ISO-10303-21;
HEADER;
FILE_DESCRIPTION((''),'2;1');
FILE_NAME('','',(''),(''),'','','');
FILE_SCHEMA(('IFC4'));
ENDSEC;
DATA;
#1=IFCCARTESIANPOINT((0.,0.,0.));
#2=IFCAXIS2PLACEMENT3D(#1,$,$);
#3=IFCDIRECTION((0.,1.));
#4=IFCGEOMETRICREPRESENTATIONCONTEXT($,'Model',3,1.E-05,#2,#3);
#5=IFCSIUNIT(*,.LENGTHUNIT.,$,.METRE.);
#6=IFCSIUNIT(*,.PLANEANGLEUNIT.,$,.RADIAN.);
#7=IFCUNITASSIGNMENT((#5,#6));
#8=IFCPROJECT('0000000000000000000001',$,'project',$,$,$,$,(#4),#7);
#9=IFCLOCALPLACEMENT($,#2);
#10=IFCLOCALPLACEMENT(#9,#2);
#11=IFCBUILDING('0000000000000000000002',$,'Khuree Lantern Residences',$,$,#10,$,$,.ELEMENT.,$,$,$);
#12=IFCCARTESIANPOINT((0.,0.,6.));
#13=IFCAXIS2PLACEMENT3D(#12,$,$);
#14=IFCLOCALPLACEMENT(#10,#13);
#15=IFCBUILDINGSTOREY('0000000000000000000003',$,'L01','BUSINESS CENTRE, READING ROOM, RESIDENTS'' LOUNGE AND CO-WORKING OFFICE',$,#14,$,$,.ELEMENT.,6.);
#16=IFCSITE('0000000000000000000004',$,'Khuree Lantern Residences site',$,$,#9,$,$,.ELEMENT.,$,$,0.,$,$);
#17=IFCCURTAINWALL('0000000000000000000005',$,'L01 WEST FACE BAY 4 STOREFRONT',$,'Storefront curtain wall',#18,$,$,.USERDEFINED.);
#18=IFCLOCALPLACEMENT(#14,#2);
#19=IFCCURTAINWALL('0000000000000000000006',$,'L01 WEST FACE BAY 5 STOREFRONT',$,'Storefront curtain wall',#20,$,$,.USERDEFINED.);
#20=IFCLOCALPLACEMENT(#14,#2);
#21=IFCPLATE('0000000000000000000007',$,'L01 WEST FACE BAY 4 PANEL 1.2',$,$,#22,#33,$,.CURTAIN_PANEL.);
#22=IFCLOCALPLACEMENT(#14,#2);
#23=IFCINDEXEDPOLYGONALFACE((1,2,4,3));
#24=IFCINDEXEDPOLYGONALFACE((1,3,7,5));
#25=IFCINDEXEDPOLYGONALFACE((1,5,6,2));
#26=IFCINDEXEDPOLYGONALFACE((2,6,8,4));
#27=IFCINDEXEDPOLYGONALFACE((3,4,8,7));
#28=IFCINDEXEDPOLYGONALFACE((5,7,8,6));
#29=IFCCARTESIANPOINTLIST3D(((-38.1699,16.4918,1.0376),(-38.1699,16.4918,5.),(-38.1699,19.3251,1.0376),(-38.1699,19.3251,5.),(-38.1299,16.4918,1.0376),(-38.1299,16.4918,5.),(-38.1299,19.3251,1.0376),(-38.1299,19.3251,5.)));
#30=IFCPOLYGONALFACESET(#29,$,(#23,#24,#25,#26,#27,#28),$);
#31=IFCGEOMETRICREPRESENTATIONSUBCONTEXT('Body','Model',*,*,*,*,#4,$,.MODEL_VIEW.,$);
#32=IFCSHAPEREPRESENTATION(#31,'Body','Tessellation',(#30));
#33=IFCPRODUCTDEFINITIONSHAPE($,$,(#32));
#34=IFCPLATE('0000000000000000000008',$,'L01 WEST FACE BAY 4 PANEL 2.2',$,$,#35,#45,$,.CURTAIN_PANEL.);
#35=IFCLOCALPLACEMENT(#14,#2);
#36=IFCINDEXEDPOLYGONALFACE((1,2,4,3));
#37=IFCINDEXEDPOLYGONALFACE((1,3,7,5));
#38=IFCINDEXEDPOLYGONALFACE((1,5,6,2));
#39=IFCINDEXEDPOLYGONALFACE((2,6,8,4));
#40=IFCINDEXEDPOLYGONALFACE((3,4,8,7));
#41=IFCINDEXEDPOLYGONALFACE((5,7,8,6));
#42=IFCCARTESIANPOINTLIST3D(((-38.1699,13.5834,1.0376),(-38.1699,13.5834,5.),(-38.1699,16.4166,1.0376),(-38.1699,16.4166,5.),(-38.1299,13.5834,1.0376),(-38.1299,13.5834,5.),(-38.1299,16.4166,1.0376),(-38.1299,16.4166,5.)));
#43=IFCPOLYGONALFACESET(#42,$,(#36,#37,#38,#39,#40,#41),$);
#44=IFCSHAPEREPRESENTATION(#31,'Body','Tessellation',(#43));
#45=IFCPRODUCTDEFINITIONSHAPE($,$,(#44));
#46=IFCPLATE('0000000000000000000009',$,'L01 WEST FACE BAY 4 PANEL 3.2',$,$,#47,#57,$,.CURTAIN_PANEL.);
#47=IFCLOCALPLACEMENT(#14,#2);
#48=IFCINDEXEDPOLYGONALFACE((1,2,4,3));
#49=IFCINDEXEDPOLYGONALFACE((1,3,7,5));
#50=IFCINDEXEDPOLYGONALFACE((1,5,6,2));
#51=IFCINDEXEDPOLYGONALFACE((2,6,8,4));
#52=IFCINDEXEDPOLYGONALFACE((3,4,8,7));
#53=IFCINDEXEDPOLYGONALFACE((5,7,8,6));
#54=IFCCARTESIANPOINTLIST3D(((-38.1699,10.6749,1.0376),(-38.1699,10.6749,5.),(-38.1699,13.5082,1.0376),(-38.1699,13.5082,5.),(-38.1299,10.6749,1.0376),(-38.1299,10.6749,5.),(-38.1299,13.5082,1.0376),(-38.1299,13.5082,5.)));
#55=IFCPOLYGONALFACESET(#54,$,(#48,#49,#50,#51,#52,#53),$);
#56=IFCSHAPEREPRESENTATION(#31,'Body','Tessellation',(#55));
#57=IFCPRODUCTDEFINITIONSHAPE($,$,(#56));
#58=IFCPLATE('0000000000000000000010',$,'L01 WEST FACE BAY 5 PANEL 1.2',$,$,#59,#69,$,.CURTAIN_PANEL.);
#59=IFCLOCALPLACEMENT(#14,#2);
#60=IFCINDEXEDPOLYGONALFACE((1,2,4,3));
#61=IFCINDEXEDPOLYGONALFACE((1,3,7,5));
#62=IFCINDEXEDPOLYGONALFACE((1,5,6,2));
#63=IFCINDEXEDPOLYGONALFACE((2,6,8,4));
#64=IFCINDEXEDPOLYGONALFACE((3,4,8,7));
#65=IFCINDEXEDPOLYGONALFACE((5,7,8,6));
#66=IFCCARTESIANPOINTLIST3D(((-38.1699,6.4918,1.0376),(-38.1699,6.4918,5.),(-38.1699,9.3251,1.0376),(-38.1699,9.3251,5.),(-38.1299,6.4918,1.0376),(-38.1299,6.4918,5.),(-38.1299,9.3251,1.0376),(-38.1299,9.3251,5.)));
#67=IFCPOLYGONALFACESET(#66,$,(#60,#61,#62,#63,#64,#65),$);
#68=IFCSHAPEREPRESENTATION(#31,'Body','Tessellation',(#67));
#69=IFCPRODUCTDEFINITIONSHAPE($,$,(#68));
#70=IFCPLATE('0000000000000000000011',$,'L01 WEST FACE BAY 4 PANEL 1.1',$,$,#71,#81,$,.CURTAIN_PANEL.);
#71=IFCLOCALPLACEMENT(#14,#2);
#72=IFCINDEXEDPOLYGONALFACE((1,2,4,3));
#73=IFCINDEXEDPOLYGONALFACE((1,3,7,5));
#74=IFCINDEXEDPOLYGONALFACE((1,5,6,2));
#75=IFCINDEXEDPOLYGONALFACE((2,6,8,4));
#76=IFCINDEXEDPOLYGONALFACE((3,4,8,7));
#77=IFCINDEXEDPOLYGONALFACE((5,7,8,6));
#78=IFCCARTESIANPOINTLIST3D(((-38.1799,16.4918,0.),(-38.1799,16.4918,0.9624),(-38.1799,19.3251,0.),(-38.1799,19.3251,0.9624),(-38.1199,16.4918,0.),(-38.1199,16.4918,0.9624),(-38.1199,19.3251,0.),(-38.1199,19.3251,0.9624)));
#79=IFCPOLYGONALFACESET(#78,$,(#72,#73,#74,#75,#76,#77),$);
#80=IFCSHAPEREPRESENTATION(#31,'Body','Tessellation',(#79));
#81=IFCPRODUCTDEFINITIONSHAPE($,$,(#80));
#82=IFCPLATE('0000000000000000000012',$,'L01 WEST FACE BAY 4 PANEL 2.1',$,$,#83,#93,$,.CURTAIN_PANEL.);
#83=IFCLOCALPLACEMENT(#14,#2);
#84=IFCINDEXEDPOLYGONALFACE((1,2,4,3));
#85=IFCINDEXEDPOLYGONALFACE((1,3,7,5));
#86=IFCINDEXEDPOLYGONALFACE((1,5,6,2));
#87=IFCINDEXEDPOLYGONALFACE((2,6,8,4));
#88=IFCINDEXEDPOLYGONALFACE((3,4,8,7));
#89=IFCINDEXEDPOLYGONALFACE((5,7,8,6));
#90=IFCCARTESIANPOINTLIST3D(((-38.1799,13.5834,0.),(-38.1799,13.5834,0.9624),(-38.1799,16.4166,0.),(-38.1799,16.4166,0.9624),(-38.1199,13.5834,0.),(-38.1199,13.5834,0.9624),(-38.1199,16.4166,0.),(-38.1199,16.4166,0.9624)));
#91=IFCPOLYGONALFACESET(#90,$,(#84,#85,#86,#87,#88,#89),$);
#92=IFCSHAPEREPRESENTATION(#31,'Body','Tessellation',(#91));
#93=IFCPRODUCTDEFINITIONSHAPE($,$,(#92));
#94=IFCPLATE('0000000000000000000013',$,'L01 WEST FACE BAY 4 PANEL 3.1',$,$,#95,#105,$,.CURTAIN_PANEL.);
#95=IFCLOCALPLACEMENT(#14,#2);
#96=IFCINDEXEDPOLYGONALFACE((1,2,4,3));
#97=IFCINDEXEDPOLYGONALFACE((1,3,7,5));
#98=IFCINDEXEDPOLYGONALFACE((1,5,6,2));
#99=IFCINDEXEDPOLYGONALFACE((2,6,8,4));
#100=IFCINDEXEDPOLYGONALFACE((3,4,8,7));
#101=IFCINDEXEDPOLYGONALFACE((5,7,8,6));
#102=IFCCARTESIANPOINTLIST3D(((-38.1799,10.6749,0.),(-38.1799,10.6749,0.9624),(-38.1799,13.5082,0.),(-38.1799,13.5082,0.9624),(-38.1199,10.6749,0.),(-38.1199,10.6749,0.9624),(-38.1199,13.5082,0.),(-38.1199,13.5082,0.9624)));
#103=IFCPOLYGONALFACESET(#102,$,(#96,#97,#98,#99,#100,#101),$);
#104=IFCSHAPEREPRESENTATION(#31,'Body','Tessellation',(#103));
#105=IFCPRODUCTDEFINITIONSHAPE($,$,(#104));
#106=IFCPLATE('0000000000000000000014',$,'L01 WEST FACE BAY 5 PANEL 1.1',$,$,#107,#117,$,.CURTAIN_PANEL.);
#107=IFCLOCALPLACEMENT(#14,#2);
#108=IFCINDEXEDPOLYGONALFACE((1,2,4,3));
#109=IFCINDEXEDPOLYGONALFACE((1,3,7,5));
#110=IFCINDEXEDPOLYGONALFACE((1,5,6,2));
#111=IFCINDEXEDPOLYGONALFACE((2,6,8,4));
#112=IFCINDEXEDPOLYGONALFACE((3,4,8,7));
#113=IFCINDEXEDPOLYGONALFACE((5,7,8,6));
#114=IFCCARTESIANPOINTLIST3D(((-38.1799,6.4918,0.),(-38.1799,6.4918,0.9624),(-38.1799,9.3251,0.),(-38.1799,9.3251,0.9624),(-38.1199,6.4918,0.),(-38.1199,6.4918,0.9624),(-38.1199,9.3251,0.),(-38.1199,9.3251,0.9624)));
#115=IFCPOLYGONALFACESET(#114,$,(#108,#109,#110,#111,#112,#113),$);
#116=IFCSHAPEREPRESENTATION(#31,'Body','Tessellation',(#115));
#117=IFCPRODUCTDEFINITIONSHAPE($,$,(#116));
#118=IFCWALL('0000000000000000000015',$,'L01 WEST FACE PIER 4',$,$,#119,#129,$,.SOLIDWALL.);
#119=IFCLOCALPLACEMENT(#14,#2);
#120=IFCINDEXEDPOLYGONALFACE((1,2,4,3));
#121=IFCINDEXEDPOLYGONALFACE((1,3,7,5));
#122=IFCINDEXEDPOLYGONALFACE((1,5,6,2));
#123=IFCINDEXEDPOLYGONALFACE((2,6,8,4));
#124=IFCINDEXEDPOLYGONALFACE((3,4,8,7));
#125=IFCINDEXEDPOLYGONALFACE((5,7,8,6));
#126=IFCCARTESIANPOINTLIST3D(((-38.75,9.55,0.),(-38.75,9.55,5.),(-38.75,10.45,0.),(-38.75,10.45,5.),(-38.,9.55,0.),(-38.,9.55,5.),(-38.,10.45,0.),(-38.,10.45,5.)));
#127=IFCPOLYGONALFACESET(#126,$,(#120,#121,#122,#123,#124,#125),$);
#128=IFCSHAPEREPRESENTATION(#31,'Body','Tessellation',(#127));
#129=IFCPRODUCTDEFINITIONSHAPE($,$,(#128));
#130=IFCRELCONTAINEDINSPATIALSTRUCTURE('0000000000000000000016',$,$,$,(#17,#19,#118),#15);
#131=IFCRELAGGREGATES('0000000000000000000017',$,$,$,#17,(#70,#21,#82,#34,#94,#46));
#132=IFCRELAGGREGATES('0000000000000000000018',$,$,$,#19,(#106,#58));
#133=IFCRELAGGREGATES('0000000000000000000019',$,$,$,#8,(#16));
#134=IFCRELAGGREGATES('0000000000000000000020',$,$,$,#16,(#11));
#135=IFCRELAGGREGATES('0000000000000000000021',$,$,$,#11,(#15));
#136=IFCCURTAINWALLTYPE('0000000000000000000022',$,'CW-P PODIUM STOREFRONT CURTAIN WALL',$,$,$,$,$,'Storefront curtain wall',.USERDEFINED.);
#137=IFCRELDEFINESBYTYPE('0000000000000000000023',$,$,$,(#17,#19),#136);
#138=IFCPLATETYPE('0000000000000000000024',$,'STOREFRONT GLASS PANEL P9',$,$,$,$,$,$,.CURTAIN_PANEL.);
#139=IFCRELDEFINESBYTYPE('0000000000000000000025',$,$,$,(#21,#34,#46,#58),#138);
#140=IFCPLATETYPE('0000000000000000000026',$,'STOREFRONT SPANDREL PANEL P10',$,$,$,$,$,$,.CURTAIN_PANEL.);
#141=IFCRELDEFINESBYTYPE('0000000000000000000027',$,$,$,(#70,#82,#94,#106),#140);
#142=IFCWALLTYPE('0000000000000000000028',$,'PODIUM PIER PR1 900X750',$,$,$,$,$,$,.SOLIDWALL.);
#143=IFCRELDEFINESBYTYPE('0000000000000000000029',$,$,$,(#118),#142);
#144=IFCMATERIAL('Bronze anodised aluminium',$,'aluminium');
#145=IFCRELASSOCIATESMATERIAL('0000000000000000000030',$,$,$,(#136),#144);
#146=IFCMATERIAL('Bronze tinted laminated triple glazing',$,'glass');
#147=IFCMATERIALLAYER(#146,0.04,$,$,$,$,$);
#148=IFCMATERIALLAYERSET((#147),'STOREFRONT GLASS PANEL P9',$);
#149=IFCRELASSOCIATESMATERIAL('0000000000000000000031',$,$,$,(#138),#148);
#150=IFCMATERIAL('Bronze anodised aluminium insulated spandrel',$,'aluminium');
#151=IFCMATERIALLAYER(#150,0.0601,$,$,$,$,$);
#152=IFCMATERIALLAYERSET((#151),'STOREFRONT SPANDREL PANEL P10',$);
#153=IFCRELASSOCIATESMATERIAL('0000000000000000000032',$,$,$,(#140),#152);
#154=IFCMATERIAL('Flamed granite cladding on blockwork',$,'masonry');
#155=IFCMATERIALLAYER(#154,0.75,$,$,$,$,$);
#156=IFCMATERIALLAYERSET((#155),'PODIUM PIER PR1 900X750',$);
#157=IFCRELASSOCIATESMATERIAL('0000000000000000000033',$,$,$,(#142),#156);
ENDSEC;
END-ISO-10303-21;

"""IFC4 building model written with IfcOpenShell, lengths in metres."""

from ifc_helpers import new_model, si_unit, direction, frame, frame_2d, origin, origin_2d, place, context, subcontext, project, spatial, rectangle, extrude, material, layer, layer_set, type_object, element, aggregate, save


model = new_model("IFC4")

# Units and contexts
model_context = context("Model", 3, precision=1e-05, world=origin(), true_north=direction((0.0, 1.0)))
body_context = subcontext(model_context, "Body", "Model", "MODEL_VIEW")
ifc_project = project(units=[si_unit("LENGTHUNIT", "METRE"), si_unit("PLANEANGLEUNIT", "RADIAN")], contexts=[model_context])

# Site, building, storey
site_placement = place(None, origin())
site = spatial("IfcSite", under=ifc_project, at=site_placement, Name="Khuree Lantern Residences site", CompositionType="ELEMENT", RefElevation=0.0)
building_placement = place(site_placement, origin())
building = spatial("IfcBuilding", under=site, at=building_placement, Name="Khuree Lantern Residences", CompositionType="ELEMENT")
storey_placement = place(building_placement, frame((0.0, 0.0, 6.0)))
storey = spatial("IfcBuildingStorey", under=building, at=storey_placement, Name="L01", Description="BUSINESS CENTRE, READING ROOM, RESIDENTS' LOUNGE AND CO-WORKING OFFICE", CompositionType="ELEMENT", Elevation=6.0)

# Curtain wall
ifc_material_1 = material(Name="Bronze anodised aluminium", Category="aluminium")
curtain_wall_type = type_object("IfcCurtainWallType", Name="CW-P PODIUM STOREFRONT CURTAIN WALL", ElementType="Storefront curtain wall", PredefinedType="USERDEFINED", material=ifc_material_1)
curtain_wall_1_placement = place(storey_placement, origin())
curtain_wall_1 = element("IfcCurtainWall", 1, at=curtain_wall_1_placement, inside=storey, type_object=curtain_wall_type, Name="L01 WEST FACE BAY 4 STOREFRONT", ObjectType="Storefront curtain wall", PredefinedType="USERDEFINED")

# Curtain wall
curtain_wall_2_placement = place(storey_placement, origin())
curtain_wall_2 = element("IfcCurtainWall", 2, at=curtain_wall_2_placement, inside=storey, type_object=curtain_wall_type, Name="L01 WEST FACE BAY 5 STOREFRONT", ObjectType="Storefront curtain wall", PredefinedType="USERDEFINED")

# Plates
ifc_material_2 = material(Name="Bronze tinted laminated triple glazing", Category="glass")
ifc_layer_1 = layer(ifc_material_2, 0.04)
ifc_layer_set_1 = layer_set([ifc_layer_1], Name="STOREFRONT GLASS PANEL P9")
plate_type_1 = type_object("IfcPlateType", Name="STOREFRONT GLASS PANEL P9", PredefinedType="CURTAIN_PANEL", material=ifc_layer_set_1)
plate_1_placement = place(storey_placement, frame((-38.1499, 17.9084, 1.0376), z_axis=(0.0, 0.0, 1.0), x_axis=(0.0, -1.0, 0.0)))
plate_1 = element("IfcPlate", 3, at=plate_1_placement, type_object=plate_type_1, Name="L01 WEST FACE BAY 4 PANEL 1.2", PredefinedType="CURTAIN_PANEL", context=body_context, shape_type="SweptSolid", body=[
    extrude(rectangle(XDim=2.8333, YDim=0.04, at=origin_2d()), origin(), (0.0, 0.0, 1.0), 3.9624),
])
plate_2_placement = place(storey_placement, frame((-38.1499, 15.0, 1.0376), z_axis=(0.0, 0.0, 1.0), x_axis=(0.0, -1.0, 0.0)))
plate_2 = element("IfcPlate", 4, at=plate_2_placement, type_object=plate_type_1, Name="L01 WEST FACE BAY 4 PANEL 2.2", PredefinedType="CURTAIN_PANEL", context=body_context, shape_type="SweptSolid", body=[
    extrude(rectangle(XDim=2.8333, YDim=0.04, at=origin_2d()), origin(), (0.0, 0.0, 1.0), 3.9624),
])
plate_3_placement = place(storey_placement, frame((-38.1499, 12.0916, 1.0376), z_axis=(0.0, 0.0, 1.0), x_axis=(0.0, -1.0, 0.0)))
plate_3 = element("IfcPlate", 5, at=plate_3_placement, type_object=plate_type_1, Name="L01 WEST FACE BAY 4 PANEL 3.2", PredefinedType="CURTAIN_PANEL", context=body_context, shape_type="SweptSolid", body=[
    extrude(rectangle(XDim=2.8333, YDim=0.04, at=origin_2d()), origin(), (0.0, 0.0, 1.0), 3.9624),
])
plate_4_placement = place(storey_placement, frame((-38.1499, 7.9084, 1.0376), z_axis=(0.0, 0.0, 1.0), x_axis=(0.0, -1.0, 0.0)))
plate_4 = element("IfcPlate", 6, at=plate_4_placement, type_object=plate_type_1, Name="L01 WEST FACE BAY 5 PANEL 1.2", PredefinedType="CURTAIN_PANEL", context=body_context, shape_type="SweptSolid", body=[
    extrude(rectangle(XDim=2.8333, YDim=0.04, at=origin_2d()), origin(), (0.0, 0.0, 1.0), 3.9624),
])
ifc_material_3 = material(Name="Bronze anodised aluminium insulated spandrel", Category="aluminium")
ifc_layer_2 = layer(ifc_material_3, 0.0601)
ifc_layer_set_2 = layer_set([ifc_layer_2], Name="STOREFRONT SPANDREL PANEL P10")
plate_type_2 = type_object("IfcPlateType", Name="STOREFRONT SPANDREL PANEL P10", PredefinedType="CURTAIN_PANEL", material=ifc_layer_set_2)
plate_5_placement = place(storey_placement, frame((-38.1499, 17.9084, 0.0), z_axis=(0.0, 0.0, 1.0), x_axis=(0.0, -1.0, 0.0)))
plate_5 = element("IfcPlate", 7, at=plate_5_placement, type_object=plate_type_2, Name="L01 WEST FACE BAY 4 PANEL 1.1", PredefinedType="CURTAIN_PANEL", context=body_context, shape_type="SweptSolid", body=[
    extrude(rectangle(XDim=2.8333, YDim=0.0601, at=origin_2d()), origin(), (0.0, 0.0, 1.0), 0.9624),
])
plate_6_placement = place(storey_placement, frame((-38.1499, 15.0, 0.0), z_axis=(0.0, 0.0, 1.0), x_axis=(0.0, -1.0, 0.0)))
plate_6 = element("IfcPlate", 8, at=plate_6_placement, type_object=plate_type_2, Name="L01 WEST FACE BAY 4 PANEL 2.1", PredefinedType="CURTAIN_PANEL", context=body_context, shape_type="SweptSolid", body=[
    extrude(rectangle(XDim=2.8333, YDim=0.0601, at=origin_2d()), origin(), (0.0, 0.0, 1.0), 0.9624),
])
plate_7_placement = place(storey_placement, frame((-38.1499, 12.0916, 0.0), z_axis=(0.0, 0.0, 1.0), x_axis=(0.0, -1.0, 0.0)))
plate_7 = element("IfcPlate", 9, at=plate_7_placement, type_object=plate_type_2, Name="L01 WEST FACE BAY 4 PANEL 3.1", PredefinedType="CURTAIN_PANEL", context=body_context, shape_type="SweptSolid", body=[
    extrude(rectangle(XDim=2.8333, YDim=0.0601, at=origin_2d()), origin(), (0.0, 0.0, 1.0), 0.9624),
])
aggregate(curtain_wall_1, [plate_5, plate_1, plate_6, plate_2, plate_7, plate_3])
plate_8_placement = place(storey_placement, frame((-38.1499, 7.9084, 0.0), z_axis=(0.0, 0.0, 1.0), x_axis=(0.0, -1.0, 0.0)))
plate_8 = element("IfcPlate", 10, at=plate_8_placement, type_object=plate_type_2, Name="L01 WEST FACE BAY 5 PANEL 1.1", PredefinedType="CURTAIN_PANEL", context=body_context, shape_type="SweptSolid", body=[
    extrude(rectangle(XDim=2.8333, YDim=0.0601, at=origin_2d()), origin(), (0.0, 0.0, 1.0), 0.9624),
])
aggregate(curtain_wall_2, [plate_8, plate_4])

# Wall
ifc_material_4 = material(Name="Flamed granite cladding on blockwork", Category="masonry")
ifc_layer_3 = layer(ifc_material_4, 0.75)
ifc_layer_set_3 = layer_set([ifc_layer_3], Name="PODIUM PIER PR1 900X750")
wall_type = type_object("IfcWallType", Name="PODIUM PIER PR1 900X750", PredefinedType="SOLIDWALL", material=ifc_layer_set_3)
wall_placement = place(storey_placement, frame((-38.375, 10.45, 0.0), z_axis=(0.0, 0.0, 1.0), x_axis=(0.0, -1.0, 0.0)))
element("IfcWall", 11, at=wall_placement, inside=storey, type_object=wall_type, Name="L01 WEST FACE PIER 4", PredefinedType="SOLIDWALL", context=body_context, shape_type="SweptSolid", body=[
    extrude(rectangle(XDim=0.8999, YDim=0.75, at=frame_2d((0.45, 0.0))), origin(), (0.0, 0.0, 1.0), 5.0),
])

save(model, "model.ifc")
